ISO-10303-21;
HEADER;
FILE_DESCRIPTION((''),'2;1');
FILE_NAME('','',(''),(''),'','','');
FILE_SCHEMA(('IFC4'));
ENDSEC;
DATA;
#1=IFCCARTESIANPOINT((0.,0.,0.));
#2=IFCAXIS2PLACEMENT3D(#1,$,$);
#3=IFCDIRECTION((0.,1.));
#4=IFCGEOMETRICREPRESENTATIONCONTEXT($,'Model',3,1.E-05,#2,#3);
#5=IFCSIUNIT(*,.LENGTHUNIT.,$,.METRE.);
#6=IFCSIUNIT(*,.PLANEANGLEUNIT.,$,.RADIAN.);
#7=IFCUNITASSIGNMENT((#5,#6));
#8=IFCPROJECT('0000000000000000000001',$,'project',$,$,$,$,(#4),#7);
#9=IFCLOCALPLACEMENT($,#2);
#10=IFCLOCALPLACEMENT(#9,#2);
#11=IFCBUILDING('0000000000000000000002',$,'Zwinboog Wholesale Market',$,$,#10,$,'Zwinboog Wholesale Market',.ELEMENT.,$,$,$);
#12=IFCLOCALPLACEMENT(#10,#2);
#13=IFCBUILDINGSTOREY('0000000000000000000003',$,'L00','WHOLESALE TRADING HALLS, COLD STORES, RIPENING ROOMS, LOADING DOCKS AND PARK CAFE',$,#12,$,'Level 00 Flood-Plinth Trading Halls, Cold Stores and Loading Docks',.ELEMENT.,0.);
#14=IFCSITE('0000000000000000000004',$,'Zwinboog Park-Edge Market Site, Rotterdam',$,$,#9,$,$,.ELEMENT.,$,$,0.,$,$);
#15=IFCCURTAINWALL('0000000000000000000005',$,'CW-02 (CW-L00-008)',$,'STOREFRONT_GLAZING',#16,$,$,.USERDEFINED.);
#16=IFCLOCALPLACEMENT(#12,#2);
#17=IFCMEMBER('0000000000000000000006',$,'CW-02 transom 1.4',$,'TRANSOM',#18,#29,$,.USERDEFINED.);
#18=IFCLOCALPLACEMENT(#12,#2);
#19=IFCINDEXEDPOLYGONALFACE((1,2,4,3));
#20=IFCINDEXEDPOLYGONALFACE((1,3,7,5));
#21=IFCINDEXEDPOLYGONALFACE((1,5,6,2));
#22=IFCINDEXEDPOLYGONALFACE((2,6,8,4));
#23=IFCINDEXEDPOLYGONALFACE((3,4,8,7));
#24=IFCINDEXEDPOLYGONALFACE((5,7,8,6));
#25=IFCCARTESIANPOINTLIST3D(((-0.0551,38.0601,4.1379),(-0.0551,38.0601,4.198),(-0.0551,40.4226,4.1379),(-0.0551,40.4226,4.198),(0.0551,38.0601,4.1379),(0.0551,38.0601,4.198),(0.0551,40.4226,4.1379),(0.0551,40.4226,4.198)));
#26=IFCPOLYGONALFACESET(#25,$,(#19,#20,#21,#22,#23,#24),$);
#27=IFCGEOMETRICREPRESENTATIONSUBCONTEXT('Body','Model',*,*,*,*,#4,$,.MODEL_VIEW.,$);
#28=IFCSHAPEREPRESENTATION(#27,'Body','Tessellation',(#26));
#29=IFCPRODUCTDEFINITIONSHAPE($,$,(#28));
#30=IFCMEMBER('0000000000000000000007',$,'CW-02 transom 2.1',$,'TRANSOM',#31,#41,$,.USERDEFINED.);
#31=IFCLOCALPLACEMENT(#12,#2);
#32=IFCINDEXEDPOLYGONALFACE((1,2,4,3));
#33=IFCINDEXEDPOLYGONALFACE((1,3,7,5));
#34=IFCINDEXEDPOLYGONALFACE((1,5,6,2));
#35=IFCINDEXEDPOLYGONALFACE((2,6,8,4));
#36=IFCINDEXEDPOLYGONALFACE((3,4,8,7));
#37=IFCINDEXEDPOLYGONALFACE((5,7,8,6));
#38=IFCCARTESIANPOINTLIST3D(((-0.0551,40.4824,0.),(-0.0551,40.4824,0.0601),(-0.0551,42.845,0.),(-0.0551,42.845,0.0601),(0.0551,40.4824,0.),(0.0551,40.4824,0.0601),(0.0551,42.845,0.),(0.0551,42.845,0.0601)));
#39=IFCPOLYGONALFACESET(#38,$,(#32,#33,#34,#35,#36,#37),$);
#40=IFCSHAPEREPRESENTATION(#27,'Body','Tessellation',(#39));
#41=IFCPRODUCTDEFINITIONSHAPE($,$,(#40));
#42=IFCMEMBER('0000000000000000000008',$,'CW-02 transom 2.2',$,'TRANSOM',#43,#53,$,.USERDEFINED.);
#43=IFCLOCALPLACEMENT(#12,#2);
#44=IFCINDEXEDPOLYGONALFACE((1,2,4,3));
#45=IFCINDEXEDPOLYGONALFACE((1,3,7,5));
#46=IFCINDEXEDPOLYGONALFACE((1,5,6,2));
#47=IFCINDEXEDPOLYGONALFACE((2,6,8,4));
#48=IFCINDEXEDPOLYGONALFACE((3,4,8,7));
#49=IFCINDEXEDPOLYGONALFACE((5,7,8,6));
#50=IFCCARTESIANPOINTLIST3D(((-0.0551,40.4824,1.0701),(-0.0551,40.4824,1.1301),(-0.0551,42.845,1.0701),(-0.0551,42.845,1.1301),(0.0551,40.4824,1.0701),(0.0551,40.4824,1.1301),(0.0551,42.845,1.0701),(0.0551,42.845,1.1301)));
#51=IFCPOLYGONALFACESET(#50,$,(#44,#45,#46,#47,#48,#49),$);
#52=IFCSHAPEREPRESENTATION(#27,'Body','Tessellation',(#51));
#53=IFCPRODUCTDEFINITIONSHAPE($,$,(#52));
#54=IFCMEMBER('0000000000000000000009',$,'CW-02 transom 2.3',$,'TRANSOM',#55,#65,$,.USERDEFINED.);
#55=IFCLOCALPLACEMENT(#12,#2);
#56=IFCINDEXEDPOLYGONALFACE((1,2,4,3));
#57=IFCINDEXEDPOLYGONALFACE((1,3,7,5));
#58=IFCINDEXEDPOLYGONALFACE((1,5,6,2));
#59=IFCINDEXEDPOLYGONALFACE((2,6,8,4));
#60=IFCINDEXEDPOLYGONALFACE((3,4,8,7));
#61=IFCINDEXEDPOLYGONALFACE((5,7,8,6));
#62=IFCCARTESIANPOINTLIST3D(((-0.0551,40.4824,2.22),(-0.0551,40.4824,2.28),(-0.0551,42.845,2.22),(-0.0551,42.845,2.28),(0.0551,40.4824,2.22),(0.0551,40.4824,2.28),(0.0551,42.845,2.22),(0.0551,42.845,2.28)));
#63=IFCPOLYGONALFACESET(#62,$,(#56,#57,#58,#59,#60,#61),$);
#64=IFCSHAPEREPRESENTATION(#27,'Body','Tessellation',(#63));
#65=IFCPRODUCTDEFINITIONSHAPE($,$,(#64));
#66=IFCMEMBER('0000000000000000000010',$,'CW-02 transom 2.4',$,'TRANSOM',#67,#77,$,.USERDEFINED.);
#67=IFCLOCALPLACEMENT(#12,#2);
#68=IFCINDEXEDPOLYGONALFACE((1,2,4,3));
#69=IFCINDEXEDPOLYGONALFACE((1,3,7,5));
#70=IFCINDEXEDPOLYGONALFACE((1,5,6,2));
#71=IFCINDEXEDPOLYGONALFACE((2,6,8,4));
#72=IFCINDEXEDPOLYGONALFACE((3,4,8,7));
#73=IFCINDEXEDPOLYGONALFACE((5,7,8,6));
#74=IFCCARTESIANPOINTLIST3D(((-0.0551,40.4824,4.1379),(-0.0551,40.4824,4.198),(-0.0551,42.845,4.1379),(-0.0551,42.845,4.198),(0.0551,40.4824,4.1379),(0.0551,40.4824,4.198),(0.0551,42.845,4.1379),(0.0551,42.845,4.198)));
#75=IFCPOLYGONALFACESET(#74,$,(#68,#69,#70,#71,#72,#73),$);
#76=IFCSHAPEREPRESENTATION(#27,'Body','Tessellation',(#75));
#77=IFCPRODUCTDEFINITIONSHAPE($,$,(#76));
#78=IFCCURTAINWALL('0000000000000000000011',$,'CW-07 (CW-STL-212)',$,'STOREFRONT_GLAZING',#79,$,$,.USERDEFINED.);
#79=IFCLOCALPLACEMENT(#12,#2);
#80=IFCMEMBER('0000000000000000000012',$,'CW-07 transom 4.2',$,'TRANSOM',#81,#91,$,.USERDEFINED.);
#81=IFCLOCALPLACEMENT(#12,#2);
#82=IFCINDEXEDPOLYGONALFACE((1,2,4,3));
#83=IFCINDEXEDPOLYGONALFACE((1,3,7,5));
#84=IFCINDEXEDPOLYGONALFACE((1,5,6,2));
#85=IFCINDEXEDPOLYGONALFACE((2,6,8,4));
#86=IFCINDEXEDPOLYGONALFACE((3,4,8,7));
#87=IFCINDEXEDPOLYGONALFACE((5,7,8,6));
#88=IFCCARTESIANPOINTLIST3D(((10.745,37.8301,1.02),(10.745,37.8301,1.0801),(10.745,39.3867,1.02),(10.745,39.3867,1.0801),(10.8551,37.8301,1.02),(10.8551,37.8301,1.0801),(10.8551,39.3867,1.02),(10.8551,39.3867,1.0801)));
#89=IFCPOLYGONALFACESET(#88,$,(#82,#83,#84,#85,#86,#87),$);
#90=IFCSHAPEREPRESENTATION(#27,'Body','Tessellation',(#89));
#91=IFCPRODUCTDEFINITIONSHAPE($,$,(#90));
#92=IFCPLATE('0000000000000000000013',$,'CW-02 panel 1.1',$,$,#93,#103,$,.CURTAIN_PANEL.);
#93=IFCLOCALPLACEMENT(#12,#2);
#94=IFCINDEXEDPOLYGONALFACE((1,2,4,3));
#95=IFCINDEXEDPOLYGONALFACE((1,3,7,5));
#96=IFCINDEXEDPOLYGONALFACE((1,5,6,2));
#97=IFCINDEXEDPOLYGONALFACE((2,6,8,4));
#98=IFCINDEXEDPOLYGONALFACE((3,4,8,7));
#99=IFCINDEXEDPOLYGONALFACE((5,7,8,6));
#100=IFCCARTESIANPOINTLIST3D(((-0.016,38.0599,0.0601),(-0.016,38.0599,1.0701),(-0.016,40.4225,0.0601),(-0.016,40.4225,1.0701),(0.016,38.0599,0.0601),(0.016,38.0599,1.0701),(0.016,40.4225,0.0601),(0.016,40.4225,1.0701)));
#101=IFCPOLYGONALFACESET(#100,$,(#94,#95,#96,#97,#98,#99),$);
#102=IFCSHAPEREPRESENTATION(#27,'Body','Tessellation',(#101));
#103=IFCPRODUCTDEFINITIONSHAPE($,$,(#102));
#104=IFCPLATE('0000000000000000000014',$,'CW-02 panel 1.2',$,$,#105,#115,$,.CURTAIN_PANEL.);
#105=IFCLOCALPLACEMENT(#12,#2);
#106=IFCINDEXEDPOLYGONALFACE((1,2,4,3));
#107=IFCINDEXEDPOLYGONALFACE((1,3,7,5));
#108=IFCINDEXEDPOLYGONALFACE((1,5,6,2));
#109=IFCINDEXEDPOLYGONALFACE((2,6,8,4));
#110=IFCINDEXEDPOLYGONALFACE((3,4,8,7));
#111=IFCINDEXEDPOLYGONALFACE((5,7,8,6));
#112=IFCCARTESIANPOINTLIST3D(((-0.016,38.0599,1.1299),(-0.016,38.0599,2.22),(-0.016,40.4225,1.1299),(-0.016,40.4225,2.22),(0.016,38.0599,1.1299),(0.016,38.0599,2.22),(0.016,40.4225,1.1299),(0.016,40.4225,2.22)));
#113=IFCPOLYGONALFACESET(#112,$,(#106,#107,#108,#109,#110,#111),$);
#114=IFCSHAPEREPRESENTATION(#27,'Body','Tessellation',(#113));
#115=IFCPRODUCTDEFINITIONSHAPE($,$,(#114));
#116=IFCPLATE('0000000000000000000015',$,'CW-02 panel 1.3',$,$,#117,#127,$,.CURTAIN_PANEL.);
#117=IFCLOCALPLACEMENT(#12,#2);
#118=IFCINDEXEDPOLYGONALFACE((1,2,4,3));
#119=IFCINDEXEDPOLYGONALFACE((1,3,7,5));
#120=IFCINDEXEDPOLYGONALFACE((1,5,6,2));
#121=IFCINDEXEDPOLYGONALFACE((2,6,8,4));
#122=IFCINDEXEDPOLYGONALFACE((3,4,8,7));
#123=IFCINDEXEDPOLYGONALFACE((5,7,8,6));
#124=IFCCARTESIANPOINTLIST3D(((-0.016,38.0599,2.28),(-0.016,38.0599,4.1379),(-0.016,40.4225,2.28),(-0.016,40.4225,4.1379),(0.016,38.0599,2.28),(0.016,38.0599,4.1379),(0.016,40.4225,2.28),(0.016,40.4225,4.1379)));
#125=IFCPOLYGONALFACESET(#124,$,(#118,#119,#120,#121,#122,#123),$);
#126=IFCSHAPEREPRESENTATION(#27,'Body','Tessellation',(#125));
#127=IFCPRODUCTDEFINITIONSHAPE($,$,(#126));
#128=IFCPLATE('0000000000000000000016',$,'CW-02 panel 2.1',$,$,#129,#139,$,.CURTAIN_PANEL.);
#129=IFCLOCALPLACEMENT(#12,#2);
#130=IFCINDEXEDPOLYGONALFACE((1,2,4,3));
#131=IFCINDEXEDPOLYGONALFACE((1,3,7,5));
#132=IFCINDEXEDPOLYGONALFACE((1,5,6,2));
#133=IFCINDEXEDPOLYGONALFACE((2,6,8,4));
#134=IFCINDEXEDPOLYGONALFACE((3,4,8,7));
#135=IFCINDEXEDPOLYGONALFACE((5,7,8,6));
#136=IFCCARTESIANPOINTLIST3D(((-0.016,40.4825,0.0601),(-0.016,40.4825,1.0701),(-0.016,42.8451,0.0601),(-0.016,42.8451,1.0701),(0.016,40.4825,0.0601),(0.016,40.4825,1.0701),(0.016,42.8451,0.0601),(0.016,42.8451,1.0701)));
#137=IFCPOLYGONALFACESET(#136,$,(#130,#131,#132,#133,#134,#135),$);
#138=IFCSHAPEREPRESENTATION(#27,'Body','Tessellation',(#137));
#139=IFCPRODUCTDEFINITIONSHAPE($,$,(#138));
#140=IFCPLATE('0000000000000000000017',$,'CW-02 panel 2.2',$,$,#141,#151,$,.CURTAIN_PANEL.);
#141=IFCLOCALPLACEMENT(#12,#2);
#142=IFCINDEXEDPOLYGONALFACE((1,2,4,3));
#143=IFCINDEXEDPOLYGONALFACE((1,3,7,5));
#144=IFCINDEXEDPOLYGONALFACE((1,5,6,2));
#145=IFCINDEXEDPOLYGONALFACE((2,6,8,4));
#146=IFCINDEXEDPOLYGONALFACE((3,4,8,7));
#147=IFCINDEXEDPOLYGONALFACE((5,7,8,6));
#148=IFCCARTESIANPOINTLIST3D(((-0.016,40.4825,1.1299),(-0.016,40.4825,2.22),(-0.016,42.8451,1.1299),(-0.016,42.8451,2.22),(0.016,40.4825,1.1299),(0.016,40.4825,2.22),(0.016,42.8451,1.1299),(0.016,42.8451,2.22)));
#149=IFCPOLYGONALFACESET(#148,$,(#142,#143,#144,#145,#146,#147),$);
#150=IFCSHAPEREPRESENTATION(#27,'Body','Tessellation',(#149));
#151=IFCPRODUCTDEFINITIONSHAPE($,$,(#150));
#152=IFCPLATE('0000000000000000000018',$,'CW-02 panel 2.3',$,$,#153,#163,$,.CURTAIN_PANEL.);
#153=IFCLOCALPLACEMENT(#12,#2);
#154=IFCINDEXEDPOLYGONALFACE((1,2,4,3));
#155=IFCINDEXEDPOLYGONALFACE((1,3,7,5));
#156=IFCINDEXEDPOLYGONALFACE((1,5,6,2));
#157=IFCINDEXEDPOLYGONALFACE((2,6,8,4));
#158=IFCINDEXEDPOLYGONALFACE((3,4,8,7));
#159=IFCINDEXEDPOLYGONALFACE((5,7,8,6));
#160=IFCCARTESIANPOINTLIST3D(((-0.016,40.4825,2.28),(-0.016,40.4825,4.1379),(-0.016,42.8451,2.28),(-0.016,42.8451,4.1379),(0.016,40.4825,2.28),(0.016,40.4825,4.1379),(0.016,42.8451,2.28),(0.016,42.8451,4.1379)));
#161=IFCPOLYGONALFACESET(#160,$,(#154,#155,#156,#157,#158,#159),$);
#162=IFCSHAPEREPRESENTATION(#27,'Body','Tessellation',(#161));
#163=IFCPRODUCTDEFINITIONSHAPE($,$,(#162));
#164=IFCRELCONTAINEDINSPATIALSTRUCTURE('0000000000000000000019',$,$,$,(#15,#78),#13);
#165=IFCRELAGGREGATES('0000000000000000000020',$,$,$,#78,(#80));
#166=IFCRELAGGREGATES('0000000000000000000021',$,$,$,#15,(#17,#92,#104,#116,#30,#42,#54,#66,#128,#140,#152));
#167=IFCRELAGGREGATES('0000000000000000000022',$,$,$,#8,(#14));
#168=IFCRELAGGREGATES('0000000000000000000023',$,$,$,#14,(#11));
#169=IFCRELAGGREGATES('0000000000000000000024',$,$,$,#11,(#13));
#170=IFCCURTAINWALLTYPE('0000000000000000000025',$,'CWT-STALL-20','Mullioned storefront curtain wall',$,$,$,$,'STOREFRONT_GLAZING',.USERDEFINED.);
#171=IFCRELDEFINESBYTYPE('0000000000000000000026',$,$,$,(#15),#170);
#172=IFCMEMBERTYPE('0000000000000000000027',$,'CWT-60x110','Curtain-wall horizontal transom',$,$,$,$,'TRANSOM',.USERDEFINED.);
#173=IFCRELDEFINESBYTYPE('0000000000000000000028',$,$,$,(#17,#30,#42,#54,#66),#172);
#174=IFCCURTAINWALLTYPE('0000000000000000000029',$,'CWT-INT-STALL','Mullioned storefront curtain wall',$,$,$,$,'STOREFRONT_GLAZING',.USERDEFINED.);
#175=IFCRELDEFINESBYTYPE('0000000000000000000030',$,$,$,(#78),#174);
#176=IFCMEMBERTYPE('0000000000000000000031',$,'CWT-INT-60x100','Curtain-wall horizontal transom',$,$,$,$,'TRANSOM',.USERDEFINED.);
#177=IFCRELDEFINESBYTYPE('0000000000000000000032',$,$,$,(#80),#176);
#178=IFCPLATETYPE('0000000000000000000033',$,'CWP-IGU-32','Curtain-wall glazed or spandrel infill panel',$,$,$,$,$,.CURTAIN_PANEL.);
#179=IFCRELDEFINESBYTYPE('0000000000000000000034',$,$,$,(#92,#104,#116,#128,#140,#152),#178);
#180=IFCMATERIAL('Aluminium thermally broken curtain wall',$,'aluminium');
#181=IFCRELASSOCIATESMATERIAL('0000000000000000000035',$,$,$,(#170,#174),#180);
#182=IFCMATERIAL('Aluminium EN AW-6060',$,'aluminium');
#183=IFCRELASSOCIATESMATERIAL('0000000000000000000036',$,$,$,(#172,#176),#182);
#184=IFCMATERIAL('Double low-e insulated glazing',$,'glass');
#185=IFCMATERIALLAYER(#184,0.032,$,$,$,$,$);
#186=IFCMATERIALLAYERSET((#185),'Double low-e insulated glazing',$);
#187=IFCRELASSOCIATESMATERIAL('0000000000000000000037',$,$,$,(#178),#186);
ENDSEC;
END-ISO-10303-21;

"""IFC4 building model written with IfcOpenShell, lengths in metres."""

from ifc_helpers import new_model, si_unit, direction, frame, origin, origin_2d, place, context, subcontext, project, spatial, rectangle, extrude, material, layer, layer_set, material_profile, profile_set, type_object, element, aggregate, save


model = new_model("IFC4")

# Units and contexts
model_context = context("Model", 3, precision=1e-05, world=origin(), true_north=direction((0.0, 1.0)))
body_context = subcontext(model_context, "Body", "Model", "MODEL_VIEW")
ifc_project = project(units=[si_unit("LENGTHUNIT", "METRE"), si_unit("PLANEANGLEUNIT", "RADIAN")], contexts=[model_context])

# Site, building, storey
site_placement = place(None, origin())
site = spatial("IfcSite", under=ifc_project, at=site_placement, Name="Zwinboog Park-Edge Market Site, Rotterdam", CompositionType="ELEMENT", RefElevation=0.0)
building_placement = place(site_placement, origin())
building = spatial("IfcBuilding", under=site, at=building_placement, Name="Zwinboog Wholesale Market", LongName="Zwinboog Wholesale Market", CompositionType="ELEMENT")
storey_placement = place(building_placement, origin())
storey = spatial("IfcBuildingStorey", under=building, at=storey_placement, Name="L00", Description="WHOLESALE TRADING HALLS, COLD STORES, RIPENING ROOMS, LOADING DOCKS AND PARK CAFE", LongName="Level 00 Flood-Plinth Trading Halls, Cold Stores and Loading Docks", CompositionType="ELEMENT", Elevation=0.0)

# Curtain wall, members
ifc_material_1 = material(Name="Aluminium thermally broken curtain wall", Category="aluminium")
curtain_wall_type_1 = type_object("IfcCurtainWallType", Name="CWT-STALL-20", Description="Mullioned storefront curtain wall", ElementType="STOREFRONT_GLAZING", PredefinedType="USERDEFINED", material=ifc_material_1)
curtain_wall_1_placement = place(storey_placement, origin())
curtain_wall_1 = element("IfcCurtainWall", 1, at=curtain_wall_1_placement, inside=storey, type_object=curtain_wall_type_1, Name="CW-02 (CW-L00-008)", ObjectType="STOREFRONT_GLAZING", PredefinedType="USERDEFINED")
ifc_material_2 = material(Name="Aluminium EN AW-6060", Category="aluminium")
ifc_material_profile_1 = material_profile(ifc_material_2, rectangle(XDim=0.1101, YDim=0.0601, at=origin_2d()), Name="AL 60x110")
ifc_profile_set_1 = profile_set([ifc_material_profile_1], Name="Aluminium EN AW-6060")
member_type_1 = type_object("IfcMemberType", Name="CWT-60x110", Description="Curtain-wall horizontal transom", ElementType="TRANSOM", PredefinedType="USERDEFINED", material=ifc_profile_set_1)
member_1_placement = place(storey_placement, frame((0.0, 38.0601, 4.168), z_axis=(0.0, 1.0, 0.0), x_axis=(-1.0, 0.0, 0.0)))
member_1 = element("IfcMember", 2, at=member_1_placement, type_object=member_type_1, Name="CW-02 transom 1.4", ObjectType="TRANSOM", PredefinedType="USERDEFINED", context=body_context, shape_type="SweptSolid", body=[
    extrude(rectangle(XDim=0.1101, YDim=0.0601, at=origin_2d()), origin(), (0.0, 0.0, 1.0), 2.3625),
])
member_2_placement = place(storey_placement, frame((0.0, 40.4824, 0.03), z_axis=(0.0, 1.0, 0.0), x_axis=(-1.0, 0.0, 0.0)))
member_2 = element("IfcMember", 3, at=member_2_placement, type_object=member_type_1, Name="CW-02 transom 2.1", ObjectType="TRANSOM", PredefinedType="USERDEFINED", context=body_context, shape_type="SweptSolid", body=[
    extrude(rectangle(XDim=0.1101, YDim=0.0601, at=origin_2d()), origin(), (0.0, 0.0, 1.0), 2.3625),
])
member_3_placement = place(storey_placement, frame((0.0, 40.4824, 1.1001), z_axis=(0.0, 1.0, 0.0), x_axis=(-1.0, 0.0, 0.0)))
member_3 = element("IfcMember", 4, at=member_3_placement, type_object=member_type_1, Name="CW-02 transom 2.2", ObjectType="TRANSOM", PredefinedType="USERDEFINED", context=body_context, shape_type="SweptSolid", body=[
    extrude(rectangle(XDim=0.1101, YDim=0.0601, at=origin_2d()), origin(), (0.0, 0.0, 1.0), 2.3625),
])
member_4_placement = place(storey_placement, frame((0.0, 40.4824, 2.25), z_axis=(0.0, 1.0, 0.0), x_axis=(-1.0, 0.0, 0.0)))
member_4 = element("IfcMember", 5, at=member_4_placement, type_object=member_type_1, Name="CW-02 transom 2.3", ObjectType="TRANSOM", PredefinedType="USERDEFINED", context=body_context, shape_type="SweptSolid", body=[
    extrude(rectangle(XDim=0.1101, YDim=0.0601, at=origin_2d()), origin(), (0.0, 0.0, 1.0), 2.3625),
])
member_5_placement = place(storey_placement, frame((0.0, 40.4824, 4.168), z_axis=(0.0, 1.0, 0.0), x_axis=(-1.0, 0.0, 0.0)))
member_5 = element("IfcMember", 6, at=member_5_placement, type_object=member_type_1, Name="CW-02 transom 2.4", ObjectType="TRANSOM", PredefinedType="USERDEFINED", context=body_context, shape_type="SweptSolid", body=[
    extrude(rectangle(XDim=0.1101, YDim=0.0601, at=origin_2d()), origin(), (0.0, 0.0, 1.0), 2.3625),
])

# Curtain wall, member
curtain_wall_type_2 = type_object("IfcCurtainWallType", Name="CWT-INT-STALL", Description="Mullioned storefront curtain wall", ElementType="STOREFRONT_GLAZING", PredefinedType="USERDEFINED", material=ifc_material_1)
curtain_wall_2_placement = place(storey_placement, origin())
curtain_wall_2 = element("IfcCurtainWall", 7, at=curtain_wall_2_placement, inside=storey, type_object=curtain_wall_type_2, Name="CW-07 (CW-STL-212)", ObjectType="STOREFRONT_GLAZING", PredefinedType="USERDEFINED")
ifc_material_profile_2 = material_profile(ifc_material_2, rectangle(XDim=0.1101, YDim=0.0601, at=origin_2d()), Name="AL 60x110")
ifc_profile_set_2 = profile_set([ifc_material_profile_2], Name="Aluminium EN AW-6060")
member_type_2 = type_object("IfcMemberType", Name="CWT-INT-60x100", Description="Curtain-wall horizontal transom", ElementType="TRANSOM", PredefinedType="USERDEFINED", material=ifc_profile_set_2)
member_6_placement = place(storey_placement, frame((10.8, 37.8301, 1.05), z_axis=(0.0, 1.0, 0.0), x_axis=(-1.0, 0.0, 0.0)))
member_6 = element("IfcMember", 8, at=member_6_placement, type_object=member_type_2, Name="CW-07 transom 4.2", ObjectType="TRANSOM", PredefinedType="USERDEFINED", context=body_context, shape_type="SweptSolid", body=[
    extrude(rectangle(XDim=0.1101, YDim=0.0601, at=origin_2d()), origin(), (0.0, 0.0, 1.0), 1.5566),
])
aggregate(curtain_wall_2, [member_6])

# Plates
ifc_material_3 = material(Name="Double low-e insulated glazing", Category="glass")
ifc_layer = layer(ifc_material_3, 0.032)
ifc_layer_set = layer_set([ifc_layer], Name="Double low-e insulated glazing")
plate_type = type_object("IfcPlateType", Name="CWP-IGU-32", Description="Curtain-wall glazed or spandrel infill panel", PredefinedType="CURTAIN_PANEL", material=ifc_layer_set)
plate_1_placement = place(storey_placement, frame((0.0, 39.2412, 0.0601), z_axis=(0.0, 0.0, 1.0), x_axis=(0.0, 1.0, 0.0)))
plate_1 = element("IfcPlate", 9, at=plate_1_placement, type_object=plate_type, Name="CW-02 panel 1.1", PredefinedType="CURTAIN_PANEL", context=body_context, shape_type="SweptSolid", body=[
    extrude(rectangle(XDim=2.3625, YDim=0.032, at=origin_2d()), origin(), (0.0, 0.0, 1.0), 1.01),
])
plate_2_placement = place(storey_placement, frame((0.0, 39.2412, 1.1299), z_axis=(0.0, 0.0, 1.0), x_axis=(0.0, 1.0, 0.0)))
plate_2 = element("IfcPlate", 10, at=plate_2_placement, type_object=plate_type, Name="CW-02 panel 1.2", PredefinedType="CURTAIN_PANEL", context=body_context, shape_type="SweptSolid", body=[
    extrude(rectangle(XDim=2.3625, YDim=0.032, at=origin_2d()), origin(), (0.0, 0.0, 1.0), 1.0901),
])
plate_3_placement = place(storey_placement, frame((0.0, 39.2412, 2.28), z_axis=(0.0, 0.0, 1.0), x_axis=(0.0, 1.0, 0.0)))
plate_3 = element("IfcPlate", 11, at=plate_3_placement, type_object=plate_type, Name="CW-02 panel 1.3", PredefinedType="CURTAIN_PANEL", context=body_context, shape_type="SweptSolid", body=[
    extrude(rectangle(XDim=2.3625, YDim=0.032, at=origin_2d()), origin(), (0.0, 0.0, 1.0), 1.8579),
])
plate_4_placement = place(storey_placement, frame((0.0, 41.6638, 0.0601), z_axis=(0.0, 0.0, 1.0), x_axis=(0.0, 1.0, 0.0)))
plate_4 = element("IfcPlate", 12, at=plate_4_placement, type_object=plate_type, Name="CW-02 panel 2.1", PredefinedType="CURTAIN_PANEL", context=body_context, shape_type="SweptSolid", body=[
    extrude(rectangle(XDim=2.3625, YDim=0.032, at=origin_2d()), origin(), (0.0, 0.0, 1.0), 1.01),
])
plate_5_placement = place(storey_placement, frame((0.0, 41.6638, 1.1299), z_axis=(0.0, 0.0, 1.0), x_axis=(0.0, 1.0, 0.0)))
plate_5 = element("IfcPlate", 13, at=plate_5_placement, type_object=plate_type, Name="CW-02 panel 2.2", PredefinedType="CURTAIN_PANEL", context=body_context, shape_type="SweptSolid", body=[
    extrude(rectangle(XDim=2.3625, YDim=0.032, at=origin_2d()), origin(), (0.0, 0.0, 1.0), 1.0901),
])
plate_6_placement = place(storey_placement, frame((0.0, 41.6638, 2.28), z_axis=(0.0, 0.0, 1.0), x_axis=(0.0, 1.0, 0.0)))
plate_6 = element("IfcPlate", 14, at=plate_6_placement, type_object=plate_type, Name="CW-02 panel 2.3", PredefinedType="CURTAIN_PANEL", context=body_context, shape_type="SweptSolid", body=[
    extrude(rectangle(XDim=2.3625, YDim=0.032, at=origin_2d()), origin(), (0.0, 0.0, 1.0), 1.8579),
])
aggregate(curtain_wall_1, [member_1, plate_1, plate_2, plate_3, member_2, member_3, member_4, member_5, plate_4, plate_5, plate_6])

save(model, "model.ifc")
